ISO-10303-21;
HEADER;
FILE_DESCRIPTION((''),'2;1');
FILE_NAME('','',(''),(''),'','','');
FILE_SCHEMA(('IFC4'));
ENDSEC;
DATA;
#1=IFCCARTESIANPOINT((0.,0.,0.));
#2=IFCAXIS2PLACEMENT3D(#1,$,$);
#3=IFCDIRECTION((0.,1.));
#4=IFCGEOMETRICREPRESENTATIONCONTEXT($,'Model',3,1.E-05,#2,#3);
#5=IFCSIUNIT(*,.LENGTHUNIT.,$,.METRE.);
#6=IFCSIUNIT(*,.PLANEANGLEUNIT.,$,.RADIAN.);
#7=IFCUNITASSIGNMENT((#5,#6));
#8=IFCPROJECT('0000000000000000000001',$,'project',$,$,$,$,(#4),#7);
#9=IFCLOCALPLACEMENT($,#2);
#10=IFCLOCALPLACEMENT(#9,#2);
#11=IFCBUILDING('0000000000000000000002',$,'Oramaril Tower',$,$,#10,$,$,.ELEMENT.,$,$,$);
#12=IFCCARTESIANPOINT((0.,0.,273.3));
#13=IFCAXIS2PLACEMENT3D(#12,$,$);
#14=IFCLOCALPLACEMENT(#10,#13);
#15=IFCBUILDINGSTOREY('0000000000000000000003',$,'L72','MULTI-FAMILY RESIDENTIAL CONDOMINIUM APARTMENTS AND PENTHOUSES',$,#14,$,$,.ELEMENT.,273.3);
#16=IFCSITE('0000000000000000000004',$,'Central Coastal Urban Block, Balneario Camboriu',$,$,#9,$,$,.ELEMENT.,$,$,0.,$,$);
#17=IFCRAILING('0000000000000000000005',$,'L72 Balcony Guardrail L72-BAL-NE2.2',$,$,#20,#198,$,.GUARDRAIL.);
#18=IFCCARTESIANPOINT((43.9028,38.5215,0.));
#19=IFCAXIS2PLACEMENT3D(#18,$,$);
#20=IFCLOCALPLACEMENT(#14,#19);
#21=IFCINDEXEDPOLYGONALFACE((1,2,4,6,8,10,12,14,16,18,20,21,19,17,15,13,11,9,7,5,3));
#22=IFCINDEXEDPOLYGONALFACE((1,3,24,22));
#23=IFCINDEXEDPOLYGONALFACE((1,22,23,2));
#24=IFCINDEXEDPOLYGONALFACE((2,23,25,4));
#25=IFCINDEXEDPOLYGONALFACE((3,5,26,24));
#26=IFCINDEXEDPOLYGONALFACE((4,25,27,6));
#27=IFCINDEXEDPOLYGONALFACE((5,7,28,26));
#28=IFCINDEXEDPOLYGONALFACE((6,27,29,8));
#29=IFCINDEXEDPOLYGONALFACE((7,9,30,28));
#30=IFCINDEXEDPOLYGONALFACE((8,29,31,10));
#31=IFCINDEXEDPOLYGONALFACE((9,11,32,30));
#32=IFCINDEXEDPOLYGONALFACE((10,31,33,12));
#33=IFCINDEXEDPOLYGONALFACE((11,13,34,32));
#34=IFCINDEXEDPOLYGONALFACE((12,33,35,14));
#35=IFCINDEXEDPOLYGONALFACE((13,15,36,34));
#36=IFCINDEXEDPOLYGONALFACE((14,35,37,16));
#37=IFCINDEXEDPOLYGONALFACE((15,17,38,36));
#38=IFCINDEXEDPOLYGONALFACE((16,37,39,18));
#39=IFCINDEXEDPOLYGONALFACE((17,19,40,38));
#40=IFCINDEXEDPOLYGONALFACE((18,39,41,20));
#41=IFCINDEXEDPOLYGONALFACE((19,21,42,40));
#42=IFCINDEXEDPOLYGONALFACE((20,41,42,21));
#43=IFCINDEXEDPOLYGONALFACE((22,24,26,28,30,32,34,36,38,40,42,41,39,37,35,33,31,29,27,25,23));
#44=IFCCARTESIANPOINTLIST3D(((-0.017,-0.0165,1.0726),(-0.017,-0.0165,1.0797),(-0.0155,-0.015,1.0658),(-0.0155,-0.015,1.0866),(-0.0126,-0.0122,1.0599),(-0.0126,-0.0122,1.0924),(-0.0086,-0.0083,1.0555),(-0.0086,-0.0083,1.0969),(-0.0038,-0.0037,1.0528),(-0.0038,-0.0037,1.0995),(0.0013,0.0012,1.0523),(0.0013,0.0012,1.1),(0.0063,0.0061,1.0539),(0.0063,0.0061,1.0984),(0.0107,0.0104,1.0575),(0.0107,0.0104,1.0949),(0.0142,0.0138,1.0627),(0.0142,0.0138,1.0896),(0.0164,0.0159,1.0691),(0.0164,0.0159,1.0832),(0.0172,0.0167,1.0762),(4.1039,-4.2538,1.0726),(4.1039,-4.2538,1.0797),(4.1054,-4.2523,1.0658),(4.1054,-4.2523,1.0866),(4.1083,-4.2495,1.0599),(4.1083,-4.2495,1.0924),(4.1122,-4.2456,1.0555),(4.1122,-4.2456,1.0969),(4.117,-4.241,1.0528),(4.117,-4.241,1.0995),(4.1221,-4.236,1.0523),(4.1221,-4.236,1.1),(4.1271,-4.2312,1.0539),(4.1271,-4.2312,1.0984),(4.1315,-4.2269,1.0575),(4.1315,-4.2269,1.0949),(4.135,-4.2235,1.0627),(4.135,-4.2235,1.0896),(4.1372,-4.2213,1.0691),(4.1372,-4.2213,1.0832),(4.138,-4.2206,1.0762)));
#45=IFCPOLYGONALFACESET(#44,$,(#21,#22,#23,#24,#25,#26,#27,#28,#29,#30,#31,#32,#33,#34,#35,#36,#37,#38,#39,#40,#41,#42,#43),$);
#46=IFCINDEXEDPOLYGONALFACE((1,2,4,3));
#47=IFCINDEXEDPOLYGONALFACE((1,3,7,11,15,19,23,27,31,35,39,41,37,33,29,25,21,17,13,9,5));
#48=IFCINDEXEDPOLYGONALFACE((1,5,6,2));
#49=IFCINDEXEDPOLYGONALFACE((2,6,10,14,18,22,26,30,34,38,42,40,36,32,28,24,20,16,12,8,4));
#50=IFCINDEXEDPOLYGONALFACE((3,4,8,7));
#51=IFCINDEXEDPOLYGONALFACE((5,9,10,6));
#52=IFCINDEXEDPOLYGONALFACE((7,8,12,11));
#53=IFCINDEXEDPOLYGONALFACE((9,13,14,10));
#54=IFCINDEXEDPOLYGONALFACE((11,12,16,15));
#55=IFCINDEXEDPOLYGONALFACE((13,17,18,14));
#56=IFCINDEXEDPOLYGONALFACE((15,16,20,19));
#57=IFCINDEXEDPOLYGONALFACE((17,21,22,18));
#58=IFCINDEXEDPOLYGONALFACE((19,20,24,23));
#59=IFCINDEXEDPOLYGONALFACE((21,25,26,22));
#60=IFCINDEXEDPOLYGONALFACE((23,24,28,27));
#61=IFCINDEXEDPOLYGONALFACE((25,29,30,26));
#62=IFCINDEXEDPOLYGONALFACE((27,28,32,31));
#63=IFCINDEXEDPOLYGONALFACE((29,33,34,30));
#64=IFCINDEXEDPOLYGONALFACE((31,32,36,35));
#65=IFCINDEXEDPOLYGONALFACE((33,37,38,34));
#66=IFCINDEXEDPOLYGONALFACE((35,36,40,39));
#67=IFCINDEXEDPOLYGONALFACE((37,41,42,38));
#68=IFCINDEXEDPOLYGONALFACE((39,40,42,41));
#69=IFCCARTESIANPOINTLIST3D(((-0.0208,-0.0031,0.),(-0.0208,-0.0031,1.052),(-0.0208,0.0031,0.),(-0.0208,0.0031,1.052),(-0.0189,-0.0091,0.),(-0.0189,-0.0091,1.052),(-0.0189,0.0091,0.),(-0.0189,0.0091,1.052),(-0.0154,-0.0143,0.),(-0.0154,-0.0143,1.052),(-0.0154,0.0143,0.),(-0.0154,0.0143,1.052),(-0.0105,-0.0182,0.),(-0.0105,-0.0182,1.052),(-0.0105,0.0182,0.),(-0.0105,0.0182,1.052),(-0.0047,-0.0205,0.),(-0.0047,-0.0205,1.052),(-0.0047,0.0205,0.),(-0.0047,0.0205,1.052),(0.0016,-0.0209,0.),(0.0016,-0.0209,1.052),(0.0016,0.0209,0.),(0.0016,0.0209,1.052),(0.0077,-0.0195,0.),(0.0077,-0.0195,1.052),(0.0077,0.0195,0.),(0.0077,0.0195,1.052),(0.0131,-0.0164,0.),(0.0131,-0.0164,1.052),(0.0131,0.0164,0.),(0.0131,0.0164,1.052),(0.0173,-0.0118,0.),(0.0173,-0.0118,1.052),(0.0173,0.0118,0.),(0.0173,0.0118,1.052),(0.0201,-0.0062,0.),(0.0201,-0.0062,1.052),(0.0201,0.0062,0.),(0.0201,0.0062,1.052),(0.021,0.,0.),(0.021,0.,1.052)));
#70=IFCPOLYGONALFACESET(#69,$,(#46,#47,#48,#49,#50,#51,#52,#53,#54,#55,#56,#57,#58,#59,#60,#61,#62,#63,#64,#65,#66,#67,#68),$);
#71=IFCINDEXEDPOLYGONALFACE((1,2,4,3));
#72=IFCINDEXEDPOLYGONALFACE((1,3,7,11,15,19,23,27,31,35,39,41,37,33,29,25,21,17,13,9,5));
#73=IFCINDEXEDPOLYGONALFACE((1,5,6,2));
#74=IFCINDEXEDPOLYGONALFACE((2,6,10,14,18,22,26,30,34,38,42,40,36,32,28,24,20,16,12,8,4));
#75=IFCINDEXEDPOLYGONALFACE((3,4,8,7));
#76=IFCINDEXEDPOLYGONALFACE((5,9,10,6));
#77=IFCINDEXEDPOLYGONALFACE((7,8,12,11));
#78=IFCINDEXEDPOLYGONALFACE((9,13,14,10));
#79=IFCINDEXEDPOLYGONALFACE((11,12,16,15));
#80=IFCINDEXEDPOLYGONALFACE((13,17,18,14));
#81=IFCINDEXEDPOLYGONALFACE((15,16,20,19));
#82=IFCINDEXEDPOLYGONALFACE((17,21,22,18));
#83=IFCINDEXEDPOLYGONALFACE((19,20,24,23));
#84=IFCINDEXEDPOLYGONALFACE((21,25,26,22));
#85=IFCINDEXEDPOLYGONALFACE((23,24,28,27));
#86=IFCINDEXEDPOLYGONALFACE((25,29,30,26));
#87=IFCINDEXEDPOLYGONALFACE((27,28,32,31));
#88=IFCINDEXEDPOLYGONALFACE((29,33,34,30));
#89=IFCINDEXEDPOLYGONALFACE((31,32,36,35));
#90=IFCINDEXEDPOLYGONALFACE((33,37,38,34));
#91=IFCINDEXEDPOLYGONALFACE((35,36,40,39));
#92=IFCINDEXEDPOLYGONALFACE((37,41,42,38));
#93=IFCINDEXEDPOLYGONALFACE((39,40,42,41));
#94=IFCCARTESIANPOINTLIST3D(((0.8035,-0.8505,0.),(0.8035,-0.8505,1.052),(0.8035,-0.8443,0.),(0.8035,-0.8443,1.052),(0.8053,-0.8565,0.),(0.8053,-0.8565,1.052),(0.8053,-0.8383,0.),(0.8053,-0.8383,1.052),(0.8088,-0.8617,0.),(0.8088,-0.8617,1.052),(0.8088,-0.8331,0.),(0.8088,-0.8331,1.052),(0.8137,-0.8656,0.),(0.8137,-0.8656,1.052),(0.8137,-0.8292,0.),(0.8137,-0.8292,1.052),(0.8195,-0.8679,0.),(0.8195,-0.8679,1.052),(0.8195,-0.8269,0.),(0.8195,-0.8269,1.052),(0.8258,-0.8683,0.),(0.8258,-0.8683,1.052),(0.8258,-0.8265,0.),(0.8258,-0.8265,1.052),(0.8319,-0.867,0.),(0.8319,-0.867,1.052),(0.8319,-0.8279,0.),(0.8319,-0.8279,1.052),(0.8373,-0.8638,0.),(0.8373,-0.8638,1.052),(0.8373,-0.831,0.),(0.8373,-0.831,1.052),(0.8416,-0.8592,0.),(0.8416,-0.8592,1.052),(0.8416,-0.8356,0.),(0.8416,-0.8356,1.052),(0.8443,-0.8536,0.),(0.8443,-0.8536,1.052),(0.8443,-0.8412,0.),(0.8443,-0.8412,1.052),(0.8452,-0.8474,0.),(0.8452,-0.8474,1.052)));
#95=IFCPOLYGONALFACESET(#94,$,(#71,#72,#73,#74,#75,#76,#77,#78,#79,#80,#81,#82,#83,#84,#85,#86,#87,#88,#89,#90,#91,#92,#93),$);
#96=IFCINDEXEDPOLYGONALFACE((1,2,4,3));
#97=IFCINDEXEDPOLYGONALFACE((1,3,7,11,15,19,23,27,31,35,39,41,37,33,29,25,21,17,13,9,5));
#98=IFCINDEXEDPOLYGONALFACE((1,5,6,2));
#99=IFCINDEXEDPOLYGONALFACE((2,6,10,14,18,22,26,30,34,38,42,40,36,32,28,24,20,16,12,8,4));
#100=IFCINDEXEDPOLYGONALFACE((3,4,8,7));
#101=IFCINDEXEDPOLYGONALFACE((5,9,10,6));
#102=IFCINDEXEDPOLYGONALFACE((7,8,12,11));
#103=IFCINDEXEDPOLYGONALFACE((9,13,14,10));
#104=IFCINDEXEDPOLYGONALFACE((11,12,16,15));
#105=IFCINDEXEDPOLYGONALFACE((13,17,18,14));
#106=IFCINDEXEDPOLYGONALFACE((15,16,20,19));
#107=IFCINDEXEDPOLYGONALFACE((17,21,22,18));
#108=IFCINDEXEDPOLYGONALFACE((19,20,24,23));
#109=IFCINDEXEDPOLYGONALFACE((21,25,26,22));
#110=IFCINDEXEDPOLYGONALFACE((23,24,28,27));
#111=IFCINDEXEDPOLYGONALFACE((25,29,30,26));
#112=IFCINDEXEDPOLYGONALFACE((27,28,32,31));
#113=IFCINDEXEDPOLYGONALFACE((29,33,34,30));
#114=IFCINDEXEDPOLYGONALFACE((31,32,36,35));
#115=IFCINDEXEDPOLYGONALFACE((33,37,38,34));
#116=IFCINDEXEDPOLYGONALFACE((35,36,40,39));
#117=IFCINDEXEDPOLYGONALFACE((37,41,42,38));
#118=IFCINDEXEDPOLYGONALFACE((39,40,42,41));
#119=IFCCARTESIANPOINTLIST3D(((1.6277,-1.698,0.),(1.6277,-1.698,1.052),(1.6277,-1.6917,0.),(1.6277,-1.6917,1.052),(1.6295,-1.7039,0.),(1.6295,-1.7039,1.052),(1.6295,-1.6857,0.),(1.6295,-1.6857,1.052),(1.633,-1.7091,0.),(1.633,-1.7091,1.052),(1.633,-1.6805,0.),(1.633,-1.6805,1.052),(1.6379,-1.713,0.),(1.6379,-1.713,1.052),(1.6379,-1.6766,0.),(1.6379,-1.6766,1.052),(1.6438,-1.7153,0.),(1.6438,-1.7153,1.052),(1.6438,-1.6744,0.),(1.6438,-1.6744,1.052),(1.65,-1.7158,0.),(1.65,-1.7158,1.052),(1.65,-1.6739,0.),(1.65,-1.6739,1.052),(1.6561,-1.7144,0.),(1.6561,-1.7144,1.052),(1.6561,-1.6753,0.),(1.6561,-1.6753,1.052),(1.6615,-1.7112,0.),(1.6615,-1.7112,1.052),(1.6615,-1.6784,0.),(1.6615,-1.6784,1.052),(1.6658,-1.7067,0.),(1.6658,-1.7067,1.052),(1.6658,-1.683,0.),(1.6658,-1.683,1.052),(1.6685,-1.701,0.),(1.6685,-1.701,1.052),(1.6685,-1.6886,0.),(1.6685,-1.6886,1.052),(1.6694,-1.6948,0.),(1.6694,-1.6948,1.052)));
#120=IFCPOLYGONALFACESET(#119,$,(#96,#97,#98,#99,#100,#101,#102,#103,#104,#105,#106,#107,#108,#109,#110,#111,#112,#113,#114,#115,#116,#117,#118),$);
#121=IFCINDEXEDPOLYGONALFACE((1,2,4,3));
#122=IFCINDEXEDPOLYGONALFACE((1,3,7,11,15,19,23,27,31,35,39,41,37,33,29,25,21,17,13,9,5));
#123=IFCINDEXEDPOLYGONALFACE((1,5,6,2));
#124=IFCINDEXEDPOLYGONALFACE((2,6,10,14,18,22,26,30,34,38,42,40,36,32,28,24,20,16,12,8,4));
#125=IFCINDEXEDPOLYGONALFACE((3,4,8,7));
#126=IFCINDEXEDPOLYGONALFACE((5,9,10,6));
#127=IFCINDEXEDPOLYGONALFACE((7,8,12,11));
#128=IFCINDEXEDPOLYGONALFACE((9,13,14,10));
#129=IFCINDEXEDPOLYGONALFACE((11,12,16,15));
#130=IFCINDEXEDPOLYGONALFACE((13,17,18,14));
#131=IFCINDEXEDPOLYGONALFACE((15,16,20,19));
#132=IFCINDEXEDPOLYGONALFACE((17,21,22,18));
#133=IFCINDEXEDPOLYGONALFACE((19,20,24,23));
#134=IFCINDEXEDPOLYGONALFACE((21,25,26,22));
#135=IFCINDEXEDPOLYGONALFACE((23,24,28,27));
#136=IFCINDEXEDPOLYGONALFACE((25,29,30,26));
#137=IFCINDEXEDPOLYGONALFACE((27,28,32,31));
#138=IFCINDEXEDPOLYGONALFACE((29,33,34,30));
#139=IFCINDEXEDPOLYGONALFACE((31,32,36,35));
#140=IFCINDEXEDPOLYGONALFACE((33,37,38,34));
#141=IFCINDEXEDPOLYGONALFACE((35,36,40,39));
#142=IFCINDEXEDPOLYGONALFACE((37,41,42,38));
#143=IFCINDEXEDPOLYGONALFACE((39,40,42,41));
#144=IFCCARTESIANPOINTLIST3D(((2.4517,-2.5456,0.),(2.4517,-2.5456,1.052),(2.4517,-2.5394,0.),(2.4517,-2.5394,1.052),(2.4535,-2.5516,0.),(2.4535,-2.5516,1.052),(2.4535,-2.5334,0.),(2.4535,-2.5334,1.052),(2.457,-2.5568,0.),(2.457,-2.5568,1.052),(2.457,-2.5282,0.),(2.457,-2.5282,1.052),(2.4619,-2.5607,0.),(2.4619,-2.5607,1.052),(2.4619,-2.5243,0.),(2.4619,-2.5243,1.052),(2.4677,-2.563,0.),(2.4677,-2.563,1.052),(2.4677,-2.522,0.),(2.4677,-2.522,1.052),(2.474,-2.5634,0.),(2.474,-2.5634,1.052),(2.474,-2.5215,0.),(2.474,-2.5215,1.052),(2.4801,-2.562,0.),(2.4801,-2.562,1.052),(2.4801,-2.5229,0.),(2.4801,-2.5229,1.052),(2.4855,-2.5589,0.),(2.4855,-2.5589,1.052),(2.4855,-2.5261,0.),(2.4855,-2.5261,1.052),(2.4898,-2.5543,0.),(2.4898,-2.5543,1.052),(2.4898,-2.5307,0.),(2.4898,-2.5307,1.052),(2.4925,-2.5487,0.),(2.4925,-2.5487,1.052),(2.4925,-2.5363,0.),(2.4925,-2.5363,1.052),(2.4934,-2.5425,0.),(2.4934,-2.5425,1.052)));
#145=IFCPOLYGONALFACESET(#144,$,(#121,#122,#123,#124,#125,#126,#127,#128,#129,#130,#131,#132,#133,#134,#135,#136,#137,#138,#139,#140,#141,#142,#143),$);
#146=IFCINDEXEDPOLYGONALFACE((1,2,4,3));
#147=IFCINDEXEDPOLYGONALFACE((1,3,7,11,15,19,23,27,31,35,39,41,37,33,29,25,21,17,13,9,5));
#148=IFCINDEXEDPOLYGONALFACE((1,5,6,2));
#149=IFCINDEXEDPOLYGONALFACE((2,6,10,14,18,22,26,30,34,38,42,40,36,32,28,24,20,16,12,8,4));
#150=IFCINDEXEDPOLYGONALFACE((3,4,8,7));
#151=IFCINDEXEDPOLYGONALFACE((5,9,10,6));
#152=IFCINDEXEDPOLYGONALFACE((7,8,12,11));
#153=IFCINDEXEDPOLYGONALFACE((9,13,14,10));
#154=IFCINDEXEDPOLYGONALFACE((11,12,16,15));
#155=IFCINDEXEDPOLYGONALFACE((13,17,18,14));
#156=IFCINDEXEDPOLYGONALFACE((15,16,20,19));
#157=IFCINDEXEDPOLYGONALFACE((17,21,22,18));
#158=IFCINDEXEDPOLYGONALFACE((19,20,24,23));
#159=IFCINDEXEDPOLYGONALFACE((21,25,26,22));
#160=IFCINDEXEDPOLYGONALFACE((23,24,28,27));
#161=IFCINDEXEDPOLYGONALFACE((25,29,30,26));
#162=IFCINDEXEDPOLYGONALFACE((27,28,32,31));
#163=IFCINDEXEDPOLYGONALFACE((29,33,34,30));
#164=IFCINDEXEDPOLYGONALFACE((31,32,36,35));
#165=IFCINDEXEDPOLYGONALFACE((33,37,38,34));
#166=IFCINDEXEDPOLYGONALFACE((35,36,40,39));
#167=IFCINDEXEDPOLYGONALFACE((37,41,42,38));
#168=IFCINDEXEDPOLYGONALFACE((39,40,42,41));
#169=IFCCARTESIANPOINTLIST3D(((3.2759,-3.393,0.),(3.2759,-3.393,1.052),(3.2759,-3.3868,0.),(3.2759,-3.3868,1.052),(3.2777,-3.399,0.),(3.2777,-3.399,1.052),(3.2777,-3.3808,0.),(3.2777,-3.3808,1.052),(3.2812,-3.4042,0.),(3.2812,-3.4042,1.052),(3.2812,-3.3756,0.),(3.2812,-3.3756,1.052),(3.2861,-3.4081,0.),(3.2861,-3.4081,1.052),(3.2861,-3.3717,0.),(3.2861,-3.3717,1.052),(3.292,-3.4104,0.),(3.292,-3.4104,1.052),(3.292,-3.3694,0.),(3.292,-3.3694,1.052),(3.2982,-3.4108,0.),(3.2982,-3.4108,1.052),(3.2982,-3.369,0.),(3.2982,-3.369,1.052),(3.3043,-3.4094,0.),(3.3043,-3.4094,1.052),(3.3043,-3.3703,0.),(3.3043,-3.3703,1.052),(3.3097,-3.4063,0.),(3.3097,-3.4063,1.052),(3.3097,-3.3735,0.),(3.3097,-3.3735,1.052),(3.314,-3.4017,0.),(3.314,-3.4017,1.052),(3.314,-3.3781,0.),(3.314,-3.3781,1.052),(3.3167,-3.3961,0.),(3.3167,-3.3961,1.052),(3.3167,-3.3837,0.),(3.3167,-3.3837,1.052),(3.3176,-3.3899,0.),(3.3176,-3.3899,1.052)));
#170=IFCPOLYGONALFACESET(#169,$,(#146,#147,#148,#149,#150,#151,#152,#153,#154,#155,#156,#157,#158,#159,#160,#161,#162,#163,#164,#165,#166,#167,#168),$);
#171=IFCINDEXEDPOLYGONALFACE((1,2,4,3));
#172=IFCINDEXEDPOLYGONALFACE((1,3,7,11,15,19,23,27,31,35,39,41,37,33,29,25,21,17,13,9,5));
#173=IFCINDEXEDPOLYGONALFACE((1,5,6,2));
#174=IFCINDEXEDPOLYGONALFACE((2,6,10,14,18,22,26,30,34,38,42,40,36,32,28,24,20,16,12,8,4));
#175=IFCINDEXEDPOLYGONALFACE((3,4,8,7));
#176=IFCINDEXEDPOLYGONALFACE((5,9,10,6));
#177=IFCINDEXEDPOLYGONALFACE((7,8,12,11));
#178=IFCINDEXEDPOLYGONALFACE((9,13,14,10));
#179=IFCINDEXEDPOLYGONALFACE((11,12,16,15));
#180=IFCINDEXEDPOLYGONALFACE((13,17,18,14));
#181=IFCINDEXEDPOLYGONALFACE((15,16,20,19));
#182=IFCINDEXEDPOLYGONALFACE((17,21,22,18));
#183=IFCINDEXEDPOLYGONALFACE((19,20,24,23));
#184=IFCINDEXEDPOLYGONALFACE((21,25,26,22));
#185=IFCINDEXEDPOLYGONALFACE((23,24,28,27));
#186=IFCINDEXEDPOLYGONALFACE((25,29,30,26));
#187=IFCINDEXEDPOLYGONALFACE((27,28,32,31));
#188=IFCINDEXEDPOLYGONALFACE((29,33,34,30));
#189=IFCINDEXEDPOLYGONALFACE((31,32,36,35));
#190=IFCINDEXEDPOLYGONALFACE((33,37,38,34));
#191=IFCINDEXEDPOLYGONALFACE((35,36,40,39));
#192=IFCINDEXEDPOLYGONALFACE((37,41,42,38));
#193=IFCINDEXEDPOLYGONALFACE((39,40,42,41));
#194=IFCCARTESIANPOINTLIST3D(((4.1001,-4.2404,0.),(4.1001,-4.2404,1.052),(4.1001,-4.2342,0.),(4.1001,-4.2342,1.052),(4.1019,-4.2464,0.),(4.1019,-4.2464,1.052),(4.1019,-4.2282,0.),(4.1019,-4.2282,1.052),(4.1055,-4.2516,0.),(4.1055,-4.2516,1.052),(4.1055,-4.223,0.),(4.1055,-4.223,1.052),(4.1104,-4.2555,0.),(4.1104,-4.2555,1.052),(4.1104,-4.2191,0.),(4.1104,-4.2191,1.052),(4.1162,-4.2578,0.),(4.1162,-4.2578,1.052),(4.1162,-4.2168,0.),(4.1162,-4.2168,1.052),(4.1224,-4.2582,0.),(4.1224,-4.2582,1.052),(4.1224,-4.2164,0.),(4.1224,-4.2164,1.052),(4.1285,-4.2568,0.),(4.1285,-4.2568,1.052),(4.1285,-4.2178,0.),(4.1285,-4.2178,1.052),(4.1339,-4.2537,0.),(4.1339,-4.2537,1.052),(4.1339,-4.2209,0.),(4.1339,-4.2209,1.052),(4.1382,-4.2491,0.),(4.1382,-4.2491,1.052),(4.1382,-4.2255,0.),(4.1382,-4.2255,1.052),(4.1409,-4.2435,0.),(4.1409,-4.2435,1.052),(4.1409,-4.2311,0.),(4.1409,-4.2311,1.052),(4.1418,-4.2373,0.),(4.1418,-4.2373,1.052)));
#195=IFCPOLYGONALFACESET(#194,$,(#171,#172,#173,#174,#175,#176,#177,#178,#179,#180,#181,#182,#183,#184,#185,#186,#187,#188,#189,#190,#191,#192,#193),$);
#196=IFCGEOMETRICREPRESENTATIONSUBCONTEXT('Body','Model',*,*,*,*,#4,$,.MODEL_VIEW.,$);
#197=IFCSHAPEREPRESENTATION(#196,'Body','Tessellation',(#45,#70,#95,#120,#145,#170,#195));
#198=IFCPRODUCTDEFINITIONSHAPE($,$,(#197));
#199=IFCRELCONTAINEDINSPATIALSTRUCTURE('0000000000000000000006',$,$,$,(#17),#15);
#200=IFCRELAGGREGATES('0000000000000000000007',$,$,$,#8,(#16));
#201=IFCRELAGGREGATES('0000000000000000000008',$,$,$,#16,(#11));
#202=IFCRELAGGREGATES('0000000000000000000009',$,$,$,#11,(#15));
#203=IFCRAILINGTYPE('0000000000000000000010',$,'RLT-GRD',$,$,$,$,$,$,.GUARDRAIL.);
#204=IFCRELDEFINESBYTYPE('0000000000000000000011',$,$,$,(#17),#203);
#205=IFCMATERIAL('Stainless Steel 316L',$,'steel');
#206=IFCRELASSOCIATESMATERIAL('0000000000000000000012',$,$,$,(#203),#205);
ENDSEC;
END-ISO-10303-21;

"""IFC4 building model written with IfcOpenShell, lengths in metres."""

from ifc_helpers import new_model, si_unit, direction, frame, origin, origin_2d, place, context, subcontext, project, spatial, circle, extrude, material, type_object, element, save


model = new_model("IFC4")

# Units and contexts
model_context = context("Model", 3, precision=1e-05, world=origin(), true_north=direction((0.0, 1.0)))
body_context = subcontext(model_context, "Body", "Model", "MODEL_VIEW")
ifc_project = project(units=[si_unit("LENGTHUNIT", "METRE"), si_unit("PLANEANGLEUNIT", "RADIAN")], contexts=[model_context])

# Site, building, storey
site_placement = place(None, origin())
site = spatial("IfcSite", under=ifc_project, at=site_placement, Name="Central Coastal Urban Block, Balneario Camboriu", CompositionType="ELEMENT", RefElevation=0.0)
building_placement = place(site_placement, origin())
building = spatial("IfcBuilding", under=site, at=building_placement, Name="Oramaril Tower", CompositionType="ELEMENT")
storey_placement = place(building_placement, frame((0.0, 0.0, 273.3)))
storey = spatial("IfcBuildingStorey", under=building, at=storey_placement, Name="L72", Description="MULTI-FAMILY RESIDENTIAL CONDOMINIUM APARTMENTS AND PENTHOUSES", CompositionType="ELEMENT", Elevation=273.3)

# Railing
ifc_material_1 = material(Name="Stainless Steel 316L", Category="steel")
railing_type = type_object("IfcRailingType", Name="RLT-GRD", PredefinedType="GUARDRAIL", material=ifc_material_1)
railing_1_placement = place(storey_placement, frame((43.9028, 38.5215, 0.0)))
element("IfcRailing", 1, at=railing_1_placement, inside=storey, type_object=railing_type, Name="L72 Balcony Guardrail L72-BAL-NE2.2", PredefinedType="GUARDRAIL", context=body_context, shape_type="SweptSolid", body=[
    extrude(circle(Radius=0.0239, at=origin_2d()), frame((0.0, 0.0, 1.0762), z_axis=(0.697187, -0.716889, 0.0), x_axis=(0.716889, 0.697187, 0.0)), (0.0, 0.0, 1.0), 5.9106),
    extrude(circle(Radius=0.021, at=origin_2d()), origin(), (0.0, 0.0, 1.0), 1.052),
    extrude(circle(Radius=0.021, at=origin_2d()), frame((0.8242, -0.8474, 0.0)), (0.0, 0.0, 1.0), 1.052),
    extrude(circle(Radius=0.021, at=origin_2d()), frame((1.6484, -1.6948, 0.0)), (0.0, 0.0, 1.0), 1.052),
    extrude(circle(Radius=0.021, at=origin_2d()), frame((2.4724, -2.5425, 0.0)), (0.0, 0.0, 1.0), 1.052),
    extrude(circle(Radius=0.021, at=origin_2d()), frame((3.2966, -3.3899, 0.0)), (0.0, 0.0, 1.0), 1.052),
    extrude(circle(Radius=0.021, at=origin_2d()), frame((4.1208, -4.2373, 0.0)), (0.0, 0.0, 1.0), 1.052),
])

save(model, "model.ifc")
